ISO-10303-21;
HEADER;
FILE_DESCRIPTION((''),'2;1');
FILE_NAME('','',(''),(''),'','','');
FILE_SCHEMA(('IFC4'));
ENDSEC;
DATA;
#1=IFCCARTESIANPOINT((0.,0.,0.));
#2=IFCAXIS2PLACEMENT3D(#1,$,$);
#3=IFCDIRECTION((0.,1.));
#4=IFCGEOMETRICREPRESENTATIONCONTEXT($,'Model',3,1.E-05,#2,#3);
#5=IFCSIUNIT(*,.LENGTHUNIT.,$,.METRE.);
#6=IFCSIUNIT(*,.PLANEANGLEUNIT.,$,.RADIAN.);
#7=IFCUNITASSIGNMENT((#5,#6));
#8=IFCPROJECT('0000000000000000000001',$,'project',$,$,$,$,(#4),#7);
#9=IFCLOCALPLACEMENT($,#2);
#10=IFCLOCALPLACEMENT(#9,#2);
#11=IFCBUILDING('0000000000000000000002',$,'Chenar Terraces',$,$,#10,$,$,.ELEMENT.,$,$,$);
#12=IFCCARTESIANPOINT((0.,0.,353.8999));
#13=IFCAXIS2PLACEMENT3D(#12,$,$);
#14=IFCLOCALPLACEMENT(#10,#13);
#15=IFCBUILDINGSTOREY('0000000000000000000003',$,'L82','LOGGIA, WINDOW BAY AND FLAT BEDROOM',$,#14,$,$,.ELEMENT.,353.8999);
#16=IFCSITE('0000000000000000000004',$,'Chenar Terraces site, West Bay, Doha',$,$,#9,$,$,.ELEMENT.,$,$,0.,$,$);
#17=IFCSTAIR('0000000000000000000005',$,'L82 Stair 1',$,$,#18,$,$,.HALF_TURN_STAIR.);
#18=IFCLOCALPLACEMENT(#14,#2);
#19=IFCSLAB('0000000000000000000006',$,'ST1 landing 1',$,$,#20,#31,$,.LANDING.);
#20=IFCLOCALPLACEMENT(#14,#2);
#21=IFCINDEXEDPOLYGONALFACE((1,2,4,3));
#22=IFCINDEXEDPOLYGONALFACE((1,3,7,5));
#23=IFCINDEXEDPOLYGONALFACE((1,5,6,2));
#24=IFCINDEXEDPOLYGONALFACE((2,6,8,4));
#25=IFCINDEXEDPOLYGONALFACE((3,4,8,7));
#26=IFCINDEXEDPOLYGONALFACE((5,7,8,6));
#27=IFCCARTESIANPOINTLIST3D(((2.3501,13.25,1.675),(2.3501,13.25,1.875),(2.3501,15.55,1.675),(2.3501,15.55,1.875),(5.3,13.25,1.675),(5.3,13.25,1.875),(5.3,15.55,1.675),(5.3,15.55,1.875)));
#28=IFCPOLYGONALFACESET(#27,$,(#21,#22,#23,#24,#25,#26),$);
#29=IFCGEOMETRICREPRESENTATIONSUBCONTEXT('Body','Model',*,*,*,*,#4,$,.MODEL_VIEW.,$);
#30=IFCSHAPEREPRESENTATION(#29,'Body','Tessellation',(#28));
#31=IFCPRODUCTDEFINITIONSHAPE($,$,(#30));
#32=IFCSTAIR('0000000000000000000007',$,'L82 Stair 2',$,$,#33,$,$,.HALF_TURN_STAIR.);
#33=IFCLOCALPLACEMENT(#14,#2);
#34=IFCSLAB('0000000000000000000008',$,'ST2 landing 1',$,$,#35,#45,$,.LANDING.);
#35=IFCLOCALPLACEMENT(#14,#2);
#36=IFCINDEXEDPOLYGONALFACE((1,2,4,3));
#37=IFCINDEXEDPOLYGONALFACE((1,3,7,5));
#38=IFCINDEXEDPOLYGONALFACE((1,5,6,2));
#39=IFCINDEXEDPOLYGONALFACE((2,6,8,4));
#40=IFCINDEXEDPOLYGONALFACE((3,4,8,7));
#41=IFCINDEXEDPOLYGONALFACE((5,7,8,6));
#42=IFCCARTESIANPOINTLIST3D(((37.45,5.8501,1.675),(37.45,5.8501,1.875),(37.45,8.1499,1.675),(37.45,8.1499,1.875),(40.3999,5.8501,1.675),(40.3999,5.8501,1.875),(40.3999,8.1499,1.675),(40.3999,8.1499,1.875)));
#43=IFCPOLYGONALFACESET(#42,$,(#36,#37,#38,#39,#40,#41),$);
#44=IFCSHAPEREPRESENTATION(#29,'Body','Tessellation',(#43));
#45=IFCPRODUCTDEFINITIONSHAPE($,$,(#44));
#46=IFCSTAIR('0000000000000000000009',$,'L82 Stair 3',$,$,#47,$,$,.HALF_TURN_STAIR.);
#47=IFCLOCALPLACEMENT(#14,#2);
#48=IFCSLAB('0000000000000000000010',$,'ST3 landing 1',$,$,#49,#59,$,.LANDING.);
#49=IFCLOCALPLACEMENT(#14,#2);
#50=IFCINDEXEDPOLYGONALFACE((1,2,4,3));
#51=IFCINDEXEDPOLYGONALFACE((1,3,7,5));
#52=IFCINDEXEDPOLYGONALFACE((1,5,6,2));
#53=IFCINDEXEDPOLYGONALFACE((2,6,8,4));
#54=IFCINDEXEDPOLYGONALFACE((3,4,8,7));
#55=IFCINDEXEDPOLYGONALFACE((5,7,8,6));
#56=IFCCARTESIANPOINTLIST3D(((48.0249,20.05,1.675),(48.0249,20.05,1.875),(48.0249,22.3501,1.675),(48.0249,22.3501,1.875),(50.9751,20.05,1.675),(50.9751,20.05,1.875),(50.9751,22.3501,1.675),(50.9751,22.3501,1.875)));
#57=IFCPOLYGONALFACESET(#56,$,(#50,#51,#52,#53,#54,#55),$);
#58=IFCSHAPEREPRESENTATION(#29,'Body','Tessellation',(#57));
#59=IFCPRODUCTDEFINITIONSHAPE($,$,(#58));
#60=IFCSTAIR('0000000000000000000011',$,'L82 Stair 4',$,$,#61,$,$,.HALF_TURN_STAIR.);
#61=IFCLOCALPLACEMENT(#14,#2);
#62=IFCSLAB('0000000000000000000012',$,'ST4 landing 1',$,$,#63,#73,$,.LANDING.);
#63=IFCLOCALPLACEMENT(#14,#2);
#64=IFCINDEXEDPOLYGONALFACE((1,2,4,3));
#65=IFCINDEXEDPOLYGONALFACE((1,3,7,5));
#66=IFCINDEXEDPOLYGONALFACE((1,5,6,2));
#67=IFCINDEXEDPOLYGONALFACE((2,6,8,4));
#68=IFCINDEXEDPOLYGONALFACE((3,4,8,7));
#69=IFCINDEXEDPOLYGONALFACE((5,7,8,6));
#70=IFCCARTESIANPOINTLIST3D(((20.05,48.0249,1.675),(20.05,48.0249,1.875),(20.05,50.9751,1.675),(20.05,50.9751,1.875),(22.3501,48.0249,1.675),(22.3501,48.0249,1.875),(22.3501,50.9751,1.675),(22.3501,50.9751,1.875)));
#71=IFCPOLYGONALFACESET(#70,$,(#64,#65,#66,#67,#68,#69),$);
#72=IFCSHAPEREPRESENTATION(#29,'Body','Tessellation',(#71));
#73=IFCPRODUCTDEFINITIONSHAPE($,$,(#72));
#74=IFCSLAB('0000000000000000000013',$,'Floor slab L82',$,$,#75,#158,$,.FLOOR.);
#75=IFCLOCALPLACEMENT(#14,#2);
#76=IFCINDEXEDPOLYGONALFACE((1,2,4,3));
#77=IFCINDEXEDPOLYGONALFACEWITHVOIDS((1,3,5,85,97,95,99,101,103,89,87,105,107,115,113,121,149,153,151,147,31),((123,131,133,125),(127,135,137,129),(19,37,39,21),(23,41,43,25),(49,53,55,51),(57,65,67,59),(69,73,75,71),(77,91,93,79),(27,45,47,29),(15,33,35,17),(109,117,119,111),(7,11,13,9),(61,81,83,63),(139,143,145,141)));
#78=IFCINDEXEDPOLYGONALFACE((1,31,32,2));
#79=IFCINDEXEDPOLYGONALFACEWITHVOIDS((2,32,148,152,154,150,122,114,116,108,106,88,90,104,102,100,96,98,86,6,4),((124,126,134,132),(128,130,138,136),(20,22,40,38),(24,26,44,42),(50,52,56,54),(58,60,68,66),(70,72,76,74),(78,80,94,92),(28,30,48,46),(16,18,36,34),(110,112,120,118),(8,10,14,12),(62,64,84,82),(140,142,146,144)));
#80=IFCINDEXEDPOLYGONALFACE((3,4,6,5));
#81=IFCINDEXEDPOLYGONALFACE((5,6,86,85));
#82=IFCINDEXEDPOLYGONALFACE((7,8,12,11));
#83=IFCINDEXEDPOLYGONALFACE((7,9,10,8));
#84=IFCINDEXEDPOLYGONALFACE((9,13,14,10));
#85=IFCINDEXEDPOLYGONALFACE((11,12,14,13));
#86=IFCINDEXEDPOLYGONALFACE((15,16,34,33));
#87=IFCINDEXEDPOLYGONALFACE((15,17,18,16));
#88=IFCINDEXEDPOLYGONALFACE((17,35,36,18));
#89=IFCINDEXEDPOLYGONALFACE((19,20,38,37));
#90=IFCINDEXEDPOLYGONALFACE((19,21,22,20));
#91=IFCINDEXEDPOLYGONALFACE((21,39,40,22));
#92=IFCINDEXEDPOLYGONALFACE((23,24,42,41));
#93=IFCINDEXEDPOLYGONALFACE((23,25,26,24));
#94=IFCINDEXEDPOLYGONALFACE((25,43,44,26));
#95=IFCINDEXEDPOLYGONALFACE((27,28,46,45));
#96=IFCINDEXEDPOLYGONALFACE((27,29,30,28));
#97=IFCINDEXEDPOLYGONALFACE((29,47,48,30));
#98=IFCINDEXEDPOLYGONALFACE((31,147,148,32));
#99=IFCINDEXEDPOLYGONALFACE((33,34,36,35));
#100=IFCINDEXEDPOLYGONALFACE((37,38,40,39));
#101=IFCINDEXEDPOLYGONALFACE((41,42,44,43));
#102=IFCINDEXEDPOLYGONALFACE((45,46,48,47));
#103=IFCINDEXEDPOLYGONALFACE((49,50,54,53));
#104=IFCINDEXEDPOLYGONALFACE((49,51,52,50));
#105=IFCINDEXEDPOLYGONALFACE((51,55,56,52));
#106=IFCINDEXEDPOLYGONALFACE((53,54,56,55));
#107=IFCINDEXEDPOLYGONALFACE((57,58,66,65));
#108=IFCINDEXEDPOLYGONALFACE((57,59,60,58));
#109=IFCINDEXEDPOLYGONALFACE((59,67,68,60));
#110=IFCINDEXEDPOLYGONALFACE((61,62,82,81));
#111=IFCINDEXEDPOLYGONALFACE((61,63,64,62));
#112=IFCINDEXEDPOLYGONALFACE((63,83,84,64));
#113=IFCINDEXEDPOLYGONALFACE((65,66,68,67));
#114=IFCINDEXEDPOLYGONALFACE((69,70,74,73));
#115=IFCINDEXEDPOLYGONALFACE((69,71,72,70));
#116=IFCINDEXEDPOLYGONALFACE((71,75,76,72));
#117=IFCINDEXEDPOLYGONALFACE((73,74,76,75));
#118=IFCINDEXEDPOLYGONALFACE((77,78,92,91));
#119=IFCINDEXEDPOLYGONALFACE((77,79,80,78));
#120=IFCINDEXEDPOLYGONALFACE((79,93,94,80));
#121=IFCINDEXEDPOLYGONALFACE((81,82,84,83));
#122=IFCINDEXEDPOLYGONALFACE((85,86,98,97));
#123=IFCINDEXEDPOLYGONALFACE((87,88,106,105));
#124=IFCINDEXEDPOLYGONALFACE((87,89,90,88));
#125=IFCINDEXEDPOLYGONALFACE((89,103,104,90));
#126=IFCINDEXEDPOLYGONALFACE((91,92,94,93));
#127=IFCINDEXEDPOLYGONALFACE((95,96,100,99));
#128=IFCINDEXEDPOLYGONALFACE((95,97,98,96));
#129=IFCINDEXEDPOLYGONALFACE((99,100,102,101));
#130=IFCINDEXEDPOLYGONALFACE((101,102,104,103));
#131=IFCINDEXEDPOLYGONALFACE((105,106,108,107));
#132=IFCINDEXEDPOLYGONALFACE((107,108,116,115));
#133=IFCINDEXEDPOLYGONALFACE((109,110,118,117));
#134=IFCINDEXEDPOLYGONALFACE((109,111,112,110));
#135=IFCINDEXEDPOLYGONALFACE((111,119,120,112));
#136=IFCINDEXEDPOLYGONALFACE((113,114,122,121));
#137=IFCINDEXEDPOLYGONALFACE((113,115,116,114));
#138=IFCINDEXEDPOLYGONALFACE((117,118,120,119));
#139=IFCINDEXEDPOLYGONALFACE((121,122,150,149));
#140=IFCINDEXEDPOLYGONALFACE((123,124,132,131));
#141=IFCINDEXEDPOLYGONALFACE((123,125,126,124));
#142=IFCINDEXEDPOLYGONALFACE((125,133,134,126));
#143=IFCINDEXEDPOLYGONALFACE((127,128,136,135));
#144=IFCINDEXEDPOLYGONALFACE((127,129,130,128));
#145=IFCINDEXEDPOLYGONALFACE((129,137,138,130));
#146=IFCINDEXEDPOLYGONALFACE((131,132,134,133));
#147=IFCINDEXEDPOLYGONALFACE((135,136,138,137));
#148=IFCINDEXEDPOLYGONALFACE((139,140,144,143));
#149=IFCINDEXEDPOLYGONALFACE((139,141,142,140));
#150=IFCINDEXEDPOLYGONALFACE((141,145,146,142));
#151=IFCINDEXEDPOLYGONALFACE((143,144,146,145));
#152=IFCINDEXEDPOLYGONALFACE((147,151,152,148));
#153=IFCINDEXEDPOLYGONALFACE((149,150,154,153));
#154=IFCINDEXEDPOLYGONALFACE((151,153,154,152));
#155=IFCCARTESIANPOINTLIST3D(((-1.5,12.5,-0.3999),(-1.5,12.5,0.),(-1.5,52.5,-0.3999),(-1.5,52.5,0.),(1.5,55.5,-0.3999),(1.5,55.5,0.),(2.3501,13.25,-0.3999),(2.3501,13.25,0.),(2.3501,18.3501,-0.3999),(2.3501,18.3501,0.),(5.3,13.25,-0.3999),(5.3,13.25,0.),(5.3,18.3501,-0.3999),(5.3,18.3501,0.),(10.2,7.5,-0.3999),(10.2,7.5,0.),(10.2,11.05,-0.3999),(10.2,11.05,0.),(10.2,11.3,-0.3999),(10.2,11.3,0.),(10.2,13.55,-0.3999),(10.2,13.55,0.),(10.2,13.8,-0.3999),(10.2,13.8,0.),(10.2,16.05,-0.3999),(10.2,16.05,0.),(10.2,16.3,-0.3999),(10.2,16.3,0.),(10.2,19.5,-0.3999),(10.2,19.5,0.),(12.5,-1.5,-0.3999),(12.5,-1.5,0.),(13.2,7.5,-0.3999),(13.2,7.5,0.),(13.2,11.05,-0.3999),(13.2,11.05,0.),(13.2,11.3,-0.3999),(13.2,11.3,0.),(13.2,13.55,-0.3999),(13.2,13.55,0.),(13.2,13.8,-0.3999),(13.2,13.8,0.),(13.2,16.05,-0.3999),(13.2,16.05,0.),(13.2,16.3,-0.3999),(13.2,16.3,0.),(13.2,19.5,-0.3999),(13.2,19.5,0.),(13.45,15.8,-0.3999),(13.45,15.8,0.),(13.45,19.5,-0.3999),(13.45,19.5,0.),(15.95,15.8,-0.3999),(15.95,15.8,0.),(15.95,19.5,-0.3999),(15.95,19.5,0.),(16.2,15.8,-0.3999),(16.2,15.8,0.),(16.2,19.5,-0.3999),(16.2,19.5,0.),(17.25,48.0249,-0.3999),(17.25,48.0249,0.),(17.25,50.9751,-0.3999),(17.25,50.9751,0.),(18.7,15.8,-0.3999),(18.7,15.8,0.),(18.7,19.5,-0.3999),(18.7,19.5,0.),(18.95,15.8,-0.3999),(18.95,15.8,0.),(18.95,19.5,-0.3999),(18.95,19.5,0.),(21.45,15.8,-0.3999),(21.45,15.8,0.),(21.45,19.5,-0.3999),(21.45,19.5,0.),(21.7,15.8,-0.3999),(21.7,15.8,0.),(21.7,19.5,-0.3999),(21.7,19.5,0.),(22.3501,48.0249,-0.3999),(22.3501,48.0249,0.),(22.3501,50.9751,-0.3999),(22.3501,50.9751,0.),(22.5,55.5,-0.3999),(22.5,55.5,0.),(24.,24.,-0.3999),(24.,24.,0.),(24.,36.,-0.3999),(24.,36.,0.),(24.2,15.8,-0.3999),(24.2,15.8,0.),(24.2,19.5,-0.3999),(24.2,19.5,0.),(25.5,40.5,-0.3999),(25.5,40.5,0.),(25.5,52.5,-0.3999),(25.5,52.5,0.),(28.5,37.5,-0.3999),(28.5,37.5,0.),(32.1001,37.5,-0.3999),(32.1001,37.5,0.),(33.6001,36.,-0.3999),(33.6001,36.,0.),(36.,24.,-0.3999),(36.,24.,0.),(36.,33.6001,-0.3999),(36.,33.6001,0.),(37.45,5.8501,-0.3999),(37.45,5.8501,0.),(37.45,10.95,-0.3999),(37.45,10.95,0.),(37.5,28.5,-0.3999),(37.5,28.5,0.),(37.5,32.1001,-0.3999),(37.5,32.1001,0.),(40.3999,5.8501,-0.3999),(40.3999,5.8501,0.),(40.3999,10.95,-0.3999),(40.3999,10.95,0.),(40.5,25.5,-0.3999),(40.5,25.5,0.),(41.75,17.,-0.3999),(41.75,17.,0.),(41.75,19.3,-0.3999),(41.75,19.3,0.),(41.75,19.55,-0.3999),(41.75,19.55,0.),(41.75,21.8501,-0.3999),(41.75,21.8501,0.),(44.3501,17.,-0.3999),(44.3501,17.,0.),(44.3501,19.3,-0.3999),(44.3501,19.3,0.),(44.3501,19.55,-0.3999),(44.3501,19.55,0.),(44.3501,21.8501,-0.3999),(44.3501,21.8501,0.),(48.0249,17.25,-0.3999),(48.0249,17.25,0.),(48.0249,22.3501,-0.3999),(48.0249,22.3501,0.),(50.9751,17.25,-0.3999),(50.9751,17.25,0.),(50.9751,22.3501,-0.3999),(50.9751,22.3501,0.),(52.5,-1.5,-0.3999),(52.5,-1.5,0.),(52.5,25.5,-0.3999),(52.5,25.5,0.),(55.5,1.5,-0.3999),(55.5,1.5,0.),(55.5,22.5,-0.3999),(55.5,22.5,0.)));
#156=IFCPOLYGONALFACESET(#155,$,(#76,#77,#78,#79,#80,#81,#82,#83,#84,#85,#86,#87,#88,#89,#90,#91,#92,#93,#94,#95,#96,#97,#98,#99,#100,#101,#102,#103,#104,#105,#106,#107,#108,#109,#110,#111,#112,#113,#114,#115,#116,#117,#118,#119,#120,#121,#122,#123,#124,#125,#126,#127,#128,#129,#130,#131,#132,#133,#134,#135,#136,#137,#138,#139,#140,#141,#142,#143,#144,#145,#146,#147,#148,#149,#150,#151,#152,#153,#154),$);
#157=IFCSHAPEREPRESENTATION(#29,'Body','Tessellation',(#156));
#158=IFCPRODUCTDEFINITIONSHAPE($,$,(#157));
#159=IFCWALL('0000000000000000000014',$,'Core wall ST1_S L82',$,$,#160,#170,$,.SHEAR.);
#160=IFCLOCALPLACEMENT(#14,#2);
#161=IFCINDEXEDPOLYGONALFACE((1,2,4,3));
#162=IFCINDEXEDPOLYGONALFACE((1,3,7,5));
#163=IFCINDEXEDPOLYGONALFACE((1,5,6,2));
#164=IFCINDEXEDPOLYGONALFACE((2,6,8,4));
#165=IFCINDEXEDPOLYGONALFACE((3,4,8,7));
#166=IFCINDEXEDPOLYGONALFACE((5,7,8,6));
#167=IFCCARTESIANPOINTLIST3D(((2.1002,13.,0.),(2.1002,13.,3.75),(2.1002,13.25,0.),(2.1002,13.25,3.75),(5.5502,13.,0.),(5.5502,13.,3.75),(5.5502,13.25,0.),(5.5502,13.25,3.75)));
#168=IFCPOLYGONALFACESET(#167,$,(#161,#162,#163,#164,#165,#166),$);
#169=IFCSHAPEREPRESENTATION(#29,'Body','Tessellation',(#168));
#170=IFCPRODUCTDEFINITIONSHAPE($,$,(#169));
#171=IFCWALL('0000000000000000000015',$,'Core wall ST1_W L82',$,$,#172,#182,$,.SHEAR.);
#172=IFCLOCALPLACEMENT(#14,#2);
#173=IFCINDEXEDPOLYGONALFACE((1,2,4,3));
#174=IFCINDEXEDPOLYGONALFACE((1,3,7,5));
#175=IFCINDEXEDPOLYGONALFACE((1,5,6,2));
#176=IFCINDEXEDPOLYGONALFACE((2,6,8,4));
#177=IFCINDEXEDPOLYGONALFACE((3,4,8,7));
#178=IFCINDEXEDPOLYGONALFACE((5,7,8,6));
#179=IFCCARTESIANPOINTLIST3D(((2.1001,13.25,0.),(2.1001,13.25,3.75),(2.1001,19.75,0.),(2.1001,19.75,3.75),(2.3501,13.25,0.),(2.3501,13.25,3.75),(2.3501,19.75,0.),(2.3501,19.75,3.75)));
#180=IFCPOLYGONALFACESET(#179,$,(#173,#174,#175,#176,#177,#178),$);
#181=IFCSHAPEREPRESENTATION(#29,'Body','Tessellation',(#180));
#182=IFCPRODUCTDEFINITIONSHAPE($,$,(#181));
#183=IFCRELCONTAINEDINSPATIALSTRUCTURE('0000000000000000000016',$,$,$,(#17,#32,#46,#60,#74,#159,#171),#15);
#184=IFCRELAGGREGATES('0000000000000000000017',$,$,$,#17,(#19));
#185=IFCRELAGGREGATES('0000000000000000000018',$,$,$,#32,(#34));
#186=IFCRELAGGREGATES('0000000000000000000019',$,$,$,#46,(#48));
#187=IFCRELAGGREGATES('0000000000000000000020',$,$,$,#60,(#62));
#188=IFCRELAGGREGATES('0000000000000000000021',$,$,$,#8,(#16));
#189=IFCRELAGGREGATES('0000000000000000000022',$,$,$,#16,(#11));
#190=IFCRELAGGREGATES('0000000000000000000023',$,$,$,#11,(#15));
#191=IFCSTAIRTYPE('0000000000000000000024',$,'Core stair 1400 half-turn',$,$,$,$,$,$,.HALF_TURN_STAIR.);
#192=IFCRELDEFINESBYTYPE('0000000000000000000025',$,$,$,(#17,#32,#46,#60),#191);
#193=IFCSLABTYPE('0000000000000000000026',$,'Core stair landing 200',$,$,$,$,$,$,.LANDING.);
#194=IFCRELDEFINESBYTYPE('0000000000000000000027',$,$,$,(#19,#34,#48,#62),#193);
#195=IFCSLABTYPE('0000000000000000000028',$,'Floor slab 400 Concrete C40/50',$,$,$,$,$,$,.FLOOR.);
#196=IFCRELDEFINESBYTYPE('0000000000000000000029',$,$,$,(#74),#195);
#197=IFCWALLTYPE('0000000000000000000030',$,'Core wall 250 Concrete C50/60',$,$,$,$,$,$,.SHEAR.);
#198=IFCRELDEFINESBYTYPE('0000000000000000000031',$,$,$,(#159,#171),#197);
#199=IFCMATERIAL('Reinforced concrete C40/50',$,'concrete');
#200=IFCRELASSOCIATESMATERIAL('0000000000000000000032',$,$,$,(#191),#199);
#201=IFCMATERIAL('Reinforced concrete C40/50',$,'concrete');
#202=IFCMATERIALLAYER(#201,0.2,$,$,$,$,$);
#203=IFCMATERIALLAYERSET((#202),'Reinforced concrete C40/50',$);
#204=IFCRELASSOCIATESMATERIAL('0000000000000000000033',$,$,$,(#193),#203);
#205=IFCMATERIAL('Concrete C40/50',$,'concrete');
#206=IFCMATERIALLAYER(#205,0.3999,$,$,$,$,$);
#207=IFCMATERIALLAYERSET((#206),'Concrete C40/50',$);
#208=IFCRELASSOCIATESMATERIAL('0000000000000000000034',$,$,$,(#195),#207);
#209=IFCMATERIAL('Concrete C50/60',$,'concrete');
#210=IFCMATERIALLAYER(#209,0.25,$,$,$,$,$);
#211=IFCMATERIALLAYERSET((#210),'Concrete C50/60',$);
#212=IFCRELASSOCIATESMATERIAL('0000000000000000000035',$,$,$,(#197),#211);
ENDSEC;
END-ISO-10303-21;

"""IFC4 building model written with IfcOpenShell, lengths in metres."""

from ifc_helpers import new_model, si_unit, direction, frame, frame_2d, origin, place, context, subcontext, project, spatial, polyline, rectangle, outline, extrude, material, layer, layer_set, type_object, element, aggregate, save


model = new_model("IFC4")

# Units and contexts
model_context = context("Model", 3, precision=1e-05, world=origin(), true_north=direction((0.0, 1.0)))
body_context = subcontext(model_context, "Body", "Model", "MODEL_VIEW")
ifc_project = project(units=[si_unit("LENGTHUNIT", "METRE"), si_unit("PLANEANGLEUNIT", "RADIAN")], contexts=[model_context])

# Site, building, storey
site_placement = place(None, origin())
site = spatial("IfcSite", under=ifc_project, at=site_placement, Name="Chenar Terraces site, West Bay, Doha", CompositionType="ELEMENT", RefElevation=0.0)
building_placement = place(site_placement, origin())
building = spatial("IfcBuilding", under=site, at=building_placement, Name="Chenar Terraces", CompositionType="ELEMENT")
storey_placement = place(building_placement, frame((0.0, 0.0, 353.8999)))
storey = spatial("IfcBuildingStorey", under=building, at=storey_placement, Name="L82", Description="LOGGIA, WINDOW BAY AND FLAT BEDROOM", CompositionType="ELEMENT", Elevation=353.8999)

# Stairs, slabs
ifc_material_1 = material(Name="Reinforced concrete C40/50", Category="concrete")
stair_type = type_object("IfcStairType", Name="Core stair 1400 half-turn", PredefinedType="HALF_TURN_STAIR", material=ifc_material_1)
placement_1 = place(storey_placement, origin())
stair_1 = element("IfcStair", 1, at=placement_1, inside=storey, type_object=stair_type, Name="L82 Stair 1", PredefinedType="HALF_TURN_STAIR")
ifc_material_2 = material(Name="Reinforced concrete C40/50", Category="concrete")
ifc_layer_1 = layer(ifc_material_2, 0.2)
ifc_layer_set_1 = layer_set([ifc_layer_1], Name="Reinforced concrete C40/50")
slab_type_1 = type_object("IfcSlabType", Name="Core stair landing 200", PredefinedType="LANDING", material=ifc_layer_set_1)
placement_2 = place(storey_placement, frame((0.0, 0.0, 1.675)))
slab_1 = element("IfcSlab", 2, at=placement_2, type_object=slab_type_1, Name="ST1 landing 1", PredefinedType="LANDING", context=body_context, shape_type="SweptSolid", body=[
    extrude(outline(polyline([(2.3501, 15.55), (2.3501, 13.25), (5.3, 13.25), (5.3, 15.55), (2.3501, 15.55)])), origin(), (0.0, 0.0, 1.0), 0.2),
])
aggregate(stair_1, [slab_1])
stair_2 = element("IfcStair", 3, at=placement_1, inside=storey, type_object=stair_type, Name="L82 Stair 2", PredefinedType="HALF_TURN_STAIR")
slab_2 = element("IfcSlab", 4, at=placement_2, type_object=slab_type_1, Name="ST2 landing 1", PredefinedType="LANDING", context=body_context, shape_type="SweptSolid", body=[
    extrude(outline(polyline([(37.45, 8.1499), (37.45, 5.8501), (40.3999, 5.8501), (40.3999, 8.1499), (37.45, 8.1499)])), origin(), (0.0, 0.0, 1.0), 0.2),
])
aggregate(stair_2, [slab_2])
stair_3 = element("IfcStair", 5, at=placement_1, inside=storey, type_object=stair_type, Name="L82 Stair 3", PredefinedType="HALF_TURN_STAIR")
slab_3 = element("IfcSlab", 6, at=placement_2, type_object=slab_type_1, Name="ST3 landing 1", PredefinedType="LANDING", context=body_context, shape_type="SweptSolid", body=[
    extrude(outline(polyline([(50.9751, 20.05), (50.9751, 22.3501), (48.0249, 22.3501), (48.0249, 20.05), (50.9751, 20.05)])), origin(), (0.0, 0.0, 1.0), 0.2),
])
aggregate(stair_3, [slab_3])
stair_4 = element("IfcStair", 7, at=placement_1, inside=storey, type_object=stair_type, Name="L82 Stair 4", PredefinedType="HALF_TURN_STAIR")
slab_4 = element("IfcSlab", 8, at=placement_2, type_object=slab_type_1, Name="ST4 landing 1", PredefinedType="LANDING", context=body_context, shape_type="SweptSolid", body=[
    extrude(outline(polyline([(20.05, 48.0249), (22.3501, 48.0249), (22.3501, 50.9751), (20.05, 50.9751), (20.05, 48.0249)])), origin(), (0.0, 0.0, 1.0), 0.2),
])
aggregate(stair_4, [slab_4])

# Slab
ifc_material_3 = material(Name="Concrete C40/50", Category="concrete")
ifc_layer_2 = layer(ifc_material_3, 0.3999)
ifc_layer_set_2 = layer_set([ifc_layer_2], Name="Concrete C40/50")
slab_type_2 = type_object("IfcSlabType", Name="Floor slab 400 Concrete C40/50", PredefinedType="FLOOR", material=ifc_layer_set_2)
slab_5_placement = place(storey_placement, frame((0.0, 0.0, -0.3999)))
element("IfcSlab", 9, at=slab_5_placement, inside=storey, type_object=slab_type_2, Name="Floor slab L82", PredefinedType="FLOOR", context=body_context, shape_type="SweptSolid", body=[
    extrude(outline(polyline([(55.5, 22.5), (55.5, 1.5), (52.5, -1.5), (12.5, -1.5), (-1.5, 12.5), (-1.5, 52.5), (1.5, 55.5), (22.5, 55.5), (25.5, 52.5), (25.5, 40.5), (28.5, 37.5), (32.1001, 37.5), (33.6001, 36.0), (24.0, 36.0), (24.0, 24.0), (36.0, 24.0), (36.0, 33.6001), (37.5, 32.1001), (37.5, 28.5), (40.5, 25.5), (52.5, 25.5), (55.5, 22.5)]), holes=[polyline([(10.2, 11.05), (10.2, 7.5), (13.2, 7.5), (13.2, 11.05), (10.2, 11.05)]), polyline([(13.2, 13.55), (10.2, 13.55), (10.2, 11.3), (13.2, 11.3), (13.2, 13.55)]), polyline([(13.2, 16.05), (10.2, 16.05), (10.2, 13.8), (13.2, 13.8), (13.2, 16.05)]), polyline([(2.3501, 13.25), (5.3, 13.25), (5.3, 18.3501), (2.3501, 18.3501), (2.3501, 13.25)]), polyline([(15.95, 19.5), (13.45, 19.5), (13.45, 15.8), (15.95, 15.8), (15.95, 19.5)]), polyline([(18.7, 19.5), (16.2, 19.5), (16.2, 15.8), (18.7, 15.8), (18.7, 19.5)]), polyline([(13.2, 19.5), (10.2, 19.5), (10.2, 16.3), (13.2, 16.3), (13.2, 19.5)]), polyline([(22.3501, 48.0249), (22.3501, 50.9751), (17.25, 50.9751), (17.25, 48.0249), (22.3501, 48.0249)]), polyline([(37.45, 5.8501), (40.3999, 5.8501), (40.3999, 10.95), (37.45, 10.95), (37.45, 5.8501)]), polyline([(21.45, 19.5), (18.95, 19.5), (18.95, 15.8), (21.45, 15.8), (21.45, 19.5)]), polyline([(24.2, 19.5), (21.7, 19.5), (21.7, 15.8), (24.2, 15.8), (24.2, 19.5)]), polyline([(44.3501, 19.3), (41.75, 19.3), (41.75, 17.0), (44.3501, 17.0), (44.3501, 19.3)]), polyline([(50.9751, 22.3501), (48.0249, 22.3501), (48.0249, 17.25), (50.9751, 17.25), (50.9751, 22.3501)]), polyline([(44.3501, 21.8501), (41.75, 21.8501), (41.75, 19.55), (44.3501, 19.55), (44.3501, 21.8501)])]), origin(), (0.0, 0.0, 1.0), 0.3999),
])

# Walls
ifc_material_4 = material(Name="Concrete C50/60", Category="concrete")
ifc_layer_3 = layer(ifc_material_4, 0.25)
ifc_layer_set_3 = layer_set([ifc_layer_3], Name="Concrete C50/60")
wall_type_1 = type_object("IfcWallType", Name="Core wall 250 Concrete C50/60", PredefinedType="SHEAR", material=ifc_layer_set_3)
wall_1_placement = place(storey_placement, frame((2.1001, 13.125, 0.0), z_axis=(0.0, 0.0, 1.0), x_axis=(1.0, 0.0, 0.0)))
element("IfcWall", 10, at=wall_1_placement, inside=storey, type_object=wall_type_1, Name="Core wall ST1_S L82", PredefinedType="SHEAR", context=body_context, shape_type="SweptSolid", body=[
    extrude(rectangle(XDim=3.45, YDim=0.25, at=frame_2d((1.7251, 0.0))), origin(), (0.0, 0.0, 1.0), 3.75),
])
wall_2_placement = place(storey_placement, frame((2.2251, 13.25, 0.0), z_axis=(0.0, 0.0, 1.0), x_axis=(0.0, 1.0, 0.0)))
element("IfcWall", 11, at=wall_2_placement, inside=storey, type_object=wall_type_1, Name="Core wall ST1_W L82", PredefinedType="SHEAR", context=body_context, shape_type="SweptSolid", body=[
    extrude(rectangle(XDim=6.5, YDim=0.25, at=frame_2d((3.25, 0.0))), origin(), (0.0, 0.0, 1.0), 3.75),
])

save(model, "model.ifc")
